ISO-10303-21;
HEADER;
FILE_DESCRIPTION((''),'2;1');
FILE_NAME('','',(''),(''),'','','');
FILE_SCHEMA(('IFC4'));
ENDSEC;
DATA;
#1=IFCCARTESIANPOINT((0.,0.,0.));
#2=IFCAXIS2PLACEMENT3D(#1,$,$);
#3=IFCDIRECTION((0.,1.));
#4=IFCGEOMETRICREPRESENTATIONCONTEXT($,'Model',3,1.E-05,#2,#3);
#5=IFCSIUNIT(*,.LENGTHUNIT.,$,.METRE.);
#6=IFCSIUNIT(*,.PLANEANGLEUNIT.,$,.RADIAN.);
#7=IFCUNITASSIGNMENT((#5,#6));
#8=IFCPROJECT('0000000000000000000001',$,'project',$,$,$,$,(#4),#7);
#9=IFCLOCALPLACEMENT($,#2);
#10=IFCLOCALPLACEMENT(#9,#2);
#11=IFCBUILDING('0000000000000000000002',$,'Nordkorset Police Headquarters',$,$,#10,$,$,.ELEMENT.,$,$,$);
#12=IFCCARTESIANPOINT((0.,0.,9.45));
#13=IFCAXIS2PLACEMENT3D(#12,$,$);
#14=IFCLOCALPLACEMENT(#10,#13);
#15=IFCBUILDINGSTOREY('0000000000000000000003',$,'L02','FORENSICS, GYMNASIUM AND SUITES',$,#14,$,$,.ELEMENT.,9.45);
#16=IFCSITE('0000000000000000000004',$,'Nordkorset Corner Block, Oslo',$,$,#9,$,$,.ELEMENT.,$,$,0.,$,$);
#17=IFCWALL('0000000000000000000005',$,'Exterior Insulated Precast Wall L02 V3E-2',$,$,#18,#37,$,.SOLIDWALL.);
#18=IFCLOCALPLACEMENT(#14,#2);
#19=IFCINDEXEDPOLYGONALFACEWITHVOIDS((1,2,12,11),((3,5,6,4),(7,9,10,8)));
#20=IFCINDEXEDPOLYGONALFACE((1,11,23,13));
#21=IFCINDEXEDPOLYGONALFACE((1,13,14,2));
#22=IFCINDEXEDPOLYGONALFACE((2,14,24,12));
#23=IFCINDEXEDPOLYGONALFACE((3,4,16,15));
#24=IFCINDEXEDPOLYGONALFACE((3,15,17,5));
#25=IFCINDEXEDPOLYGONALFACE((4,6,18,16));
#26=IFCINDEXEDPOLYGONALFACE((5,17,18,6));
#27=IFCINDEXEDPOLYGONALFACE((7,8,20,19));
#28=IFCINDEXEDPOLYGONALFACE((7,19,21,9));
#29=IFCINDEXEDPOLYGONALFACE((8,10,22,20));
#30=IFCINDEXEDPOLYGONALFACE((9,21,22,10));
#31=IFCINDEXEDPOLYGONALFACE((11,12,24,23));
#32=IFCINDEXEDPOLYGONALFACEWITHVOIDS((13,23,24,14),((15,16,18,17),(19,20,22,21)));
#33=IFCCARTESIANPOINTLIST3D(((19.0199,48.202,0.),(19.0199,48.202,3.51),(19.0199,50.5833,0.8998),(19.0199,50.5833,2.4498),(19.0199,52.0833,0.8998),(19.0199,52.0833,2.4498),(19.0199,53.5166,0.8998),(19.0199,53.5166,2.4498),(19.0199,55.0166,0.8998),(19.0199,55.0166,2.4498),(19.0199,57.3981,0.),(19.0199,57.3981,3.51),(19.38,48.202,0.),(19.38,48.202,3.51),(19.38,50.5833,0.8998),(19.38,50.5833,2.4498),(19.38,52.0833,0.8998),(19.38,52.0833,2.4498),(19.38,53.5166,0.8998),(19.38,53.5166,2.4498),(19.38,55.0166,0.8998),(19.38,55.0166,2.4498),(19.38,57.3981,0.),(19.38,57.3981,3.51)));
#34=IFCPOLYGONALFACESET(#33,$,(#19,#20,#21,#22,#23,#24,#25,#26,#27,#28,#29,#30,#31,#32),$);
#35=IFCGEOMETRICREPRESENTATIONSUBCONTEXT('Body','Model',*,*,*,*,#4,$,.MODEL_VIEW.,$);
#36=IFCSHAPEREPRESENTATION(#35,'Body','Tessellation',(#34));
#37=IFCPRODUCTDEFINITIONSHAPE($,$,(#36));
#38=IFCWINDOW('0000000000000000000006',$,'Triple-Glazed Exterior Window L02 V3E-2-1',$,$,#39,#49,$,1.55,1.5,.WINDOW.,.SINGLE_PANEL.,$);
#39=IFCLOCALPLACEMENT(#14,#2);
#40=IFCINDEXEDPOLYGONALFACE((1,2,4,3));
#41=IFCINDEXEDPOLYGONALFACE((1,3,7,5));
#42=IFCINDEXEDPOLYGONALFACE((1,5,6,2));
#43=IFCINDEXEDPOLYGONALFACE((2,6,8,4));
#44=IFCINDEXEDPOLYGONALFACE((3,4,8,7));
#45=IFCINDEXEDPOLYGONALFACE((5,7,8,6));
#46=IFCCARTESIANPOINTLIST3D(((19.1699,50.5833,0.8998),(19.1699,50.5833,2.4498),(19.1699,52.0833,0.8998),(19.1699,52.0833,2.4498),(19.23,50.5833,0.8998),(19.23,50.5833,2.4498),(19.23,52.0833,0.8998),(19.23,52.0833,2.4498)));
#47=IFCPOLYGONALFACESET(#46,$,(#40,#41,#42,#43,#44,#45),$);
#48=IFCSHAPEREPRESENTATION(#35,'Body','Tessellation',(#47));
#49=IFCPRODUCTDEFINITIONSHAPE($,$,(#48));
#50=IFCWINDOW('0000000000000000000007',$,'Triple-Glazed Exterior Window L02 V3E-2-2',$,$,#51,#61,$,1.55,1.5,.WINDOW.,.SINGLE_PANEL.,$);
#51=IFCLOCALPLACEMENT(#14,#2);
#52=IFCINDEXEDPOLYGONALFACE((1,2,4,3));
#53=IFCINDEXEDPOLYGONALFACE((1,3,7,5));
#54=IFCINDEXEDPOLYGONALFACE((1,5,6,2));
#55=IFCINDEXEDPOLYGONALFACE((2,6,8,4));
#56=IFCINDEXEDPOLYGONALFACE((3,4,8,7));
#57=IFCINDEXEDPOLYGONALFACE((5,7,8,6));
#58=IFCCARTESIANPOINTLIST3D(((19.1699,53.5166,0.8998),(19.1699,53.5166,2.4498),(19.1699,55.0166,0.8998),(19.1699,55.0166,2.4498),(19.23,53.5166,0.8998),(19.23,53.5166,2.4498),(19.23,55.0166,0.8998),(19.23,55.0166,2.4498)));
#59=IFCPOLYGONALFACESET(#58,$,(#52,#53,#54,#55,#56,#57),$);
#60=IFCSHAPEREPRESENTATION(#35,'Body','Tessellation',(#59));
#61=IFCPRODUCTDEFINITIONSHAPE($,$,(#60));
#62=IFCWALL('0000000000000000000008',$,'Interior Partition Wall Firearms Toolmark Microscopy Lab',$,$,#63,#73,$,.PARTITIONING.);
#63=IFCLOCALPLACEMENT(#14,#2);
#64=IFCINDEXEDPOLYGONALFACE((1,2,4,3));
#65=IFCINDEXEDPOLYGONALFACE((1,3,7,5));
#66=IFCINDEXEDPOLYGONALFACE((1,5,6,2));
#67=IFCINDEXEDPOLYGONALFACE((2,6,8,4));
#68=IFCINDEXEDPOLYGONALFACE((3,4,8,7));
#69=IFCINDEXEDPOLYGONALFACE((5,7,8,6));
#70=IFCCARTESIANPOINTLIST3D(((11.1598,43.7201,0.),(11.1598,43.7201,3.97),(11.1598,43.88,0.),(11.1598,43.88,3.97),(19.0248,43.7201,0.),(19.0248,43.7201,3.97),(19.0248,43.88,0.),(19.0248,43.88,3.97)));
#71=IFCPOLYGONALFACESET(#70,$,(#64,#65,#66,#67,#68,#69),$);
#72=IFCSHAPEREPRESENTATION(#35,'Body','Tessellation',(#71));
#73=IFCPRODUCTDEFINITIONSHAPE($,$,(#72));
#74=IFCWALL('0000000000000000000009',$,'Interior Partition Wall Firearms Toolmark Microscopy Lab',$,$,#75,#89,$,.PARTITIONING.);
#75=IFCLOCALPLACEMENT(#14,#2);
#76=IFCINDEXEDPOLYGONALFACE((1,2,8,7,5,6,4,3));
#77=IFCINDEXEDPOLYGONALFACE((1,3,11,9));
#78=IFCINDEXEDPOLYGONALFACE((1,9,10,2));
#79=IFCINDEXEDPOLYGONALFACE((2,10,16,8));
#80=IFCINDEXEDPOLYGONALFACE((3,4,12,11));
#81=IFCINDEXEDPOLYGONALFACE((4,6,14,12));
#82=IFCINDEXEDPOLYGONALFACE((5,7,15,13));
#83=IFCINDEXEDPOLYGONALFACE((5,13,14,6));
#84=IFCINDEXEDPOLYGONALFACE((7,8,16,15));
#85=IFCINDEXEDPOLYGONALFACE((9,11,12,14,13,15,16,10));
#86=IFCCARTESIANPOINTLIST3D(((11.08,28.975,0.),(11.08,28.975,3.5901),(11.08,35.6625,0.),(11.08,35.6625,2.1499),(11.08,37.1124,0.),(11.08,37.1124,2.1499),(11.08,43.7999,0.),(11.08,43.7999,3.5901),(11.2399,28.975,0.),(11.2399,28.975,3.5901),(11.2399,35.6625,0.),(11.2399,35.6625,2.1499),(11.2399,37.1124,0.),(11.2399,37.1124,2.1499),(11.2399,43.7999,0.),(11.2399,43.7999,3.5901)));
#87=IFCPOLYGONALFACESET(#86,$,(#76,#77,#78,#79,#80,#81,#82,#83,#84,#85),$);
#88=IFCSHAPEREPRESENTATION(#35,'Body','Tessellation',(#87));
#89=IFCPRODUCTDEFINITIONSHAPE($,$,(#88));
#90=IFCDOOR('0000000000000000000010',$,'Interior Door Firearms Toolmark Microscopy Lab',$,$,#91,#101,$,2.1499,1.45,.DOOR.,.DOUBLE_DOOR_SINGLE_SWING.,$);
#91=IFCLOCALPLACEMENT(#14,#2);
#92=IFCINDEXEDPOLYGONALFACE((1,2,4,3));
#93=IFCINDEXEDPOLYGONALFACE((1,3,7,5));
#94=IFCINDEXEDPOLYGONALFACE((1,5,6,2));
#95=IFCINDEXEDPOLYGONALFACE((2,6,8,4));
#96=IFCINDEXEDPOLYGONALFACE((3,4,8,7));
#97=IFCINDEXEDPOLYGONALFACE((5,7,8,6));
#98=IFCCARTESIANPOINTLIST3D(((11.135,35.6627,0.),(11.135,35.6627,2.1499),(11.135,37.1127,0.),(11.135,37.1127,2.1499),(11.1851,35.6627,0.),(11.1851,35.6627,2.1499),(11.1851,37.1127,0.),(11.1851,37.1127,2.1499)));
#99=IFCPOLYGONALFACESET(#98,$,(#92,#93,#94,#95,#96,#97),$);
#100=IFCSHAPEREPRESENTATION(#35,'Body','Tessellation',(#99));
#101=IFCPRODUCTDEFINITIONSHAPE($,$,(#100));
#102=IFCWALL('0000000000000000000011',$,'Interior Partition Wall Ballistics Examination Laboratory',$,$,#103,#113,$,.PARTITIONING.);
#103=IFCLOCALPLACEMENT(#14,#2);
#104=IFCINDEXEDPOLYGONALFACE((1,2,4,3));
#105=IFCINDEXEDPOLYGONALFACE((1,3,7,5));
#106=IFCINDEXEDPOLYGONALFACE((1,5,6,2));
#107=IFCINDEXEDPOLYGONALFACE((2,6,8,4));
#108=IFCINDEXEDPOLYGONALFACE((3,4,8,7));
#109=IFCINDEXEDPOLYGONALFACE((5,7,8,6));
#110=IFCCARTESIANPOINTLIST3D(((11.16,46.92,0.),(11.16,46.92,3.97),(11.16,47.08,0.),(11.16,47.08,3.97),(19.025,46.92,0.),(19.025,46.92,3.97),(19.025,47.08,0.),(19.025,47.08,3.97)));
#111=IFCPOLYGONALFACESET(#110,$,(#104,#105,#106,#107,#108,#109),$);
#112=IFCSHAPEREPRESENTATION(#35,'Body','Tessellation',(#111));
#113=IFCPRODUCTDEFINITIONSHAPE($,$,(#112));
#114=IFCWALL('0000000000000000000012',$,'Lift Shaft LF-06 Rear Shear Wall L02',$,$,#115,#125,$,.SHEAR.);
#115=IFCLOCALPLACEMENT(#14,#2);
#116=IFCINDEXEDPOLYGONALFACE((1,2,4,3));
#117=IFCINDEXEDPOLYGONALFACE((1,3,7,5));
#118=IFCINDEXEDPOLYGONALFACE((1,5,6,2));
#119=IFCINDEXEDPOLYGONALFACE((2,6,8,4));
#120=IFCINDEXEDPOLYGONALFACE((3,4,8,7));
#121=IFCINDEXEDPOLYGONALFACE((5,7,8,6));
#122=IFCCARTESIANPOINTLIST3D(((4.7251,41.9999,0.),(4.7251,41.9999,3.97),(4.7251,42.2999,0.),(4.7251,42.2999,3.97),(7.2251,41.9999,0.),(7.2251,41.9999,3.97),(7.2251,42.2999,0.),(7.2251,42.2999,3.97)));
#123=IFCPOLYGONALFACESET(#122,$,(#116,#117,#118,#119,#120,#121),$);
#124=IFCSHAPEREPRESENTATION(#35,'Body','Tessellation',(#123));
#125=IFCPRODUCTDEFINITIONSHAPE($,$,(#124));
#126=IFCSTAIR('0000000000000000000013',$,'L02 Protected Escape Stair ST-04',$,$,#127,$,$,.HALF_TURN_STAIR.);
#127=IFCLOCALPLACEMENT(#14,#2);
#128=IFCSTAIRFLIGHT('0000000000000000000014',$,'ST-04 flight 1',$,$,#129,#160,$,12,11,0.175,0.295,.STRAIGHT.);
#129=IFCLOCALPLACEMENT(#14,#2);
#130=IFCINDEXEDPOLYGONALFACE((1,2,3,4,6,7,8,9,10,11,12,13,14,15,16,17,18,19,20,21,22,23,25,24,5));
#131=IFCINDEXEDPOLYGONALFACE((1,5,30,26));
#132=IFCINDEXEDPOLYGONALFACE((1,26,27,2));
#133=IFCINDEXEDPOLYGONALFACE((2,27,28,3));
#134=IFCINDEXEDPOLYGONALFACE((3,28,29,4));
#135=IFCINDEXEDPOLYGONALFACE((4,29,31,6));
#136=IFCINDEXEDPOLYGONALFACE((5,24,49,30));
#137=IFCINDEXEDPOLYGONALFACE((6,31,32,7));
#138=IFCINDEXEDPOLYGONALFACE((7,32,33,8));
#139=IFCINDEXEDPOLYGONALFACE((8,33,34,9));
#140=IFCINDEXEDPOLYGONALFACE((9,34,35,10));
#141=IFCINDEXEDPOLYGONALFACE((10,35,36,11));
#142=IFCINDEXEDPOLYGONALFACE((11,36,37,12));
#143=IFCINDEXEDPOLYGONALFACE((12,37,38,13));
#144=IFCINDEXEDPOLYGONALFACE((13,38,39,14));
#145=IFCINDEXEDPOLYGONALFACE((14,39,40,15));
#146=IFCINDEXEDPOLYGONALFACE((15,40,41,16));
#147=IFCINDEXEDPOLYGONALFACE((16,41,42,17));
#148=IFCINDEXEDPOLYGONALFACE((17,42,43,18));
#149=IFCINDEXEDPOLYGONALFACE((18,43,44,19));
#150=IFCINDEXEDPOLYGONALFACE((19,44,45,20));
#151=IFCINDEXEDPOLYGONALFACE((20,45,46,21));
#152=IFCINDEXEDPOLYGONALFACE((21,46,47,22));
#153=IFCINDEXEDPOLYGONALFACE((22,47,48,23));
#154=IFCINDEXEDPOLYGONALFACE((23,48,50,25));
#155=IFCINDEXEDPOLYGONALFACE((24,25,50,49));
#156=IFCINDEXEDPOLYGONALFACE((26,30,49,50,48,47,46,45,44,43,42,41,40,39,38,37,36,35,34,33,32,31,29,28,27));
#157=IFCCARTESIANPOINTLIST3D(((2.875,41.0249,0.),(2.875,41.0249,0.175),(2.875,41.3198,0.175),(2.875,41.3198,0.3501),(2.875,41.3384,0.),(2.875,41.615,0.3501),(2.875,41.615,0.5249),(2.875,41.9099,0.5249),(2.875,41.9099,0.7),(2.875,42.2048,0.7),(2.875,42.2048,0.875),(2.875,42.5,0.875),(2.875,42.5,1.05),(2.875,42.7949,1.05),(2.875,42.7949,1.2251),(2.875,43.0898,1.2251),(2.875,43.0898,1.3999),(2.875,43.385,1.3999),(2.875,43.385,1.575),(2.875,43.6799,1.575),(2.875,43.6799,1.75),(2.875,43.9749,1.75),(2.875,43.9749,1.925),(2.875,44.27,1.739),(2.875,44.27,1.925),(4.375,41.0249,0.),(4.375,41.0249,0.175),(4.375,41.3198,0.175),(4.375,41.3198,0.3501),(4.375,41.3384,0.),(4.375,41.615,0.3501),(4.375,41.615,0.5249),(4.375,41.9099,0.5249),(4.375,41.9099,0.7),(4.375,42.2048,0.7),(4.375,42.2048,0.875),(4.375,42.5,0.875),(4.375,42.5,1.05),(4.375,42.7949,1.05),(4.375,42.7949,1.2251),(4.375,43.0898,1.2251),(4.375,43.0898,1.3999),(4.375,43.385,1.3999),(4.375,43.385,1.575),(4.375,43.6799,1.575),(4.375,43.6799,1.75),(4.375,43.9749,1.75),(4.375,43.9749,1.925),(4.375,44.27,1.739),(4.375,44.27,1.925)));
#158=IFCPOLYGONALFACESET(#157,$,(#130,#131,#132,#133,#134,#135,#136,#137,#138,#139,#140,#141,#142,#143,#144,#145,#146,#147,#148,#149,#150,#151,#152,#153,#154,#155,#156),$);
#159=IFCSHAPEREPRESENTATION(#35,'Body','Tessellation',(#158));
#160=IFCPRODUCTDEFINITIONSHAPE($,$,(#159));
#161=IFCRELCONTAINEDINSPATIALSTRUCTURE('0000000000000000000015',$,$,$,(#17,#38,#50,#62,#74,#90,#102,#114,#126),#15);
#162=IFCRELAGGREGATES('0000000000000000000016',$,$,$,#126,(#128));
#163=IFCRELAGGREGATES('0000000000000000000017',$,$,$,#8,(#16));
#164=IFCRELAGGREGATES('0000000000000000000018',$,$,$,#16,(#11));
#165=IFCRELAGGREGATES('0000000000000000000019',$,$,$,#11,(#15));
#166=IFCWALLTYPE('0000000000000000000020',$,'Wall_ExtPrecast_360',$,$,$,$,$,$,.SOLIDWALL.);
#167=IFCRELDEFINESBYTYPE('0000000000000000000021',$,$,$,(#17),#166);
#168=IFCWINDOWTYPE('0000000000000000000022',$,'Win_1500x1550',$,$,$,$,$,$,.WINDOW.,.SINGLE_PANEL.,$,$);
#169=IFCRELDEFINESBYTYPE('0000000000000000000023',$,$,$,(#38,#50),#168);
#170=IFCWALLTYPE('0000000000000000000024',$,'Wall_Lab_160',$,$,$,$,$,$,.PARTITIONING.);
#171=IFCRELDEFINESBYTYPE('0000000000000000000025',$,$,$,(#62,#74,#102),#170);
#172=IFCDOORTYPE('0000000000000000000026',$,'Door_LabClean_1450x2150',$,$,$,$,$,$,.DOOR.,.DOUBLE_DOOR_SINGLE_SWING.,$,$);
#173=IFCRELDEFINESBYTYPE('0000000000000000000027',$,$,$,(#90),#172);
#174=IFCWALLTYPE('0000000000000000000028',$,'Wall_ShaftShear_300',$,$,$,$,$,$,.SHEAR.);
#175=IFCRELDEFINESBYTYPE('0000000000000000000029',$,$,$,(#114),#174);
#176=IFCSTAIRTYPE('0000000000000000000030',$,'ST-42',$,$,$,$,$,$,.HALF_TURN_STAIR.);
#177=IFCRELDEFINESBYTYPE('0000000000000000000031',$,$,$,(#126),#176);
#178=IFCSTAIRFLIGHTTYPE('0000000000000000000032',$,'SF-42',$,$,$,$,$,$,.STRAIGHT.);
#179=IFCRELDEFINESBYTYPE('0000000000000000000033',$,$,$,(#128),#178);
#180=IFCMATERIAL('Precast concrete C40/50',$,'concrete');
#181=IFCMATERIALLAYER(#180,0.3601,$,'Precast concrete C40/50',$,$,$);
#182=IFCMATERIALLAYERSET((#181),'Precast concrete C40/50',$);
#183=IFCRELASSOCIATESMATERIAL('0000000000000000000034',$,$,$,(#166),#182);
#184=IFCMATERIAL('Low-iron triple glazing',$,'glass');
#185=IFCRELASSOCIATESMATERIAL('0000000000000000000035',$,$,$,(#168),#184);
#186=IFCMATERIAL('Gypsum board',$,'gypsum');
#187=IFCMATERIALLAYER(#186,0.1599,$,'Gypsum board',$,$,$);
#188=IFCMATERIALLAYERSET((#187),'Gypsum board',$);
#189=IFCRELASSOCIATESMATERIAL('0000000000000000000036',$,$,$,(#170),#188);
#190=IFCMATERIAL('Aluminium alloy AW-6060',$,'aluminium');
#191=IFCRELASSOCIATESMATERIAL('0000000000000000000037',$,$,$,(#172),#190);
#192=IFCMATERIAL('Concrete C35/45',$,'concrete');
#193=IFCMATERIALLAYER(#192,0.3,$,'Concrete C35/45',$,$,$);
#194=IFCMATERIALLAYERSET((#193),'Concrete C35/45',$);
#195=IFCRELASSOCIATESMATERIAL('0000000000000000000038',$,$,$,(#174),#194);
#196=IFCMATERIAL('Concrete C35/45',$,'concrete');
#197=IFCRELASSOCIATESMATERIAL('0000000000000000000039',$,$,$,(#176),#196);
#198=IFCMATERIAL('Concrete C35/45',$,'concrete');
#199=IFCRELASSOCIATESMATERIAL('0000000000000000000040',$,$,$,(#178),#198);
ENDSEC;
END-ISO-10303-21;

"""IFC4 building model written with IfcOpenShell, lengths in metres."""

from ifc_helpers import new_model, si_unit, direction, frame, frame_2d, origin, place, context, subcontext, project, spatial, polyline, rectangle, outline, extrude, material, layer, layer_set, type_object, element, fill, aggregate, save


model = new_model("IFC4")

# Units and contexts
model_context = context("Model", 3, precision=1e-05, world=origin(), true_north=direction((0.0, 1.0)))
body_context = subcontext(model_context, "Body", "Model", "MODEL_VIEW")
ifc_project = project(units=[si_unit("LENGTHUNIT", "METRE"), si_unit("PLANEANGLEUNIT", "RADIAN")], contexts=[model_context])

# Site, building, storey
site_placement = place(None, origin())
site = spatial("IfcSite", under=ifc_project, at=site_placement, Name="Nordkorset Corner Block, Oslo", CompositionType="ELEMENT", RefElevation=0.0)
building_placement = place(site_placement, origin())
building = spatial("IfcBuilding", under=site, at=building_placement, Name="Nordkorset Police Headquarters", CompositionType="ELEMENT")
storey_placement = place(building_placement, frame((0.0, 0.0, 9.45)))
storey = spatial("IfcBuildingStorey", under=building, at=storey_placement, Name="L02", Description="FORENSICS, GYMNASIUM AND SUITES", CompositionType="ELEMENT", Elevation=9.45)

# Wall, openings, windows
ifc_material_1 = material(Name="Precast concrete C40/50", Category="concrete")
ifc_layer_1 = layer(ifc_material_1, 0.3601, Name="Precast concrete C40/50")
ifc_layer_set_1 = layer_set([ifc_layer_1], Name="Precast concrete C40/50")
wall_type_1 = type_object("IfcWallType", Name="Wall_ExtPrecast_360", PredefinedType="SOLIDWALL", material=ifc_layer_set_1)
wall_1_placement = place(storey_placement, frame((19.2, 48.2019, 0.0), z_axis=(0.0, 0.0, 1.0), x_axis=(0.0, 1.0, 0.0)))
wall_1 = element("IfcWall", 1, at=wall_1_placement, inside=storey, type_object=wall_type_1, Name="Exterior Insulated Precast Wall L02 V3E-2", PredefinedType="SOLIDWALL", context=body_context, shape_type="SweptSolid", body=[
    extrude(rectangle(XDim=9.196, YDim=0.3601, at=frame_2d((4.5981, 0.0))), origin(), (0.0, 0.0, 1.0), 3.51),
])
opening_1_placement = place(wall_1_placement, frame((2.3813, 0.0, 0.8999)))
opening_1 = element("IfcOpeningElement", 2, at=opening_1_placement, cuts=wall_1, PredefinedType="OPENING", context=body_context, shape_type="SweptSolid", body=[
    extrude(rectangle(XDim=1.5, YDim=1.55, at=frame_2d((0.75, 0.7749))), frame((0.0, 0.1899, 0.0), z_axis=(0.0, -1.0, 0.0), x_axis=(1.0, 0.0, 0.0)), (0.0, 0.0, 1.0), 0.3801),
])
opening_2_placement = place(wall_1_placement, frame((5.3147, 0.0, 0.8999)))
opening_2 = element("IfcOpeningElement", 3, at=opening_2_placement, cuts=wall_1, PredefinedType="OPENING", context=body_context, shape_type="SweptSolid", body=[
    extrude(rectangle(XDim=1.5, YDim=1.55, at=frame_2d((0.75, 0.7749))), frame((0.0, 0.1899, 0.0), z_axis=(0.0, -1.0, 0.0), x_axis=(1.0, 0.0, 0.0)), (0.0, 0.0, 1.0), 0.3801),
])
ifc_material_2 = material(Name="Low-iron triple glazing", Category="glass")
window_type = type_object("IfcWindowType", Name="Win_1500x1550", PartitioningType="SINGLE_PANEL", PredefinedType="WINDOW", material=ifc_material_2)
window_1_placement = place(opening_1_placement, origin())
window_1 = element("IfcWindow", 4, at=window_1_placement, inside=storey, type_object=window_type, Name="Triple-Glazed Exterior Window L02 V3E-2-1", OverallHeight=1.55, OverallWidth=1.5, PartitioningType="SINGLE_PANEL", PredefinedType="WINDOW", context=body_context, shape_type="SweptSolid", body=[
    extrude(rectangle(XDim=1.5, YDim=1.55, at=frame_2d((0.75, 0.7749))), frame((0.0, 0.03, 0.0), z_axis=(0.0, -1.0, 0.0), x_axis=(1.0, 0.0, 0.0)), (0.0, 0.0, 1.0), 0.0601),
])
fill(opening_1, window_1)
window_2_placement = place(opening_2_placement, origin())
window_2 = element("IfcWindow", 5, at=window_2_placement, inside=storey, type_object=window_type, Name="Triple-Glazed Exterior Window L02 V3E-2-2", OverallHeight=1.55, OverallWidth=1.5, PartitioningType="SINGLE_PANEL", PredefinedType="WINDOW", context=body_context, shape_type="SweptSolid", body=[
    extrude(rectangle(XDim=1.5, YDim=1.55, at=frame_2d((0.75, 0.7749))), frame((0.0, 0.03, 0.0), z_axis=(0.0, -1.0, 0.0), x_axis=(1.0, 0.0, 0.0)), (0.0, 0.0, 1.0), 0.0601),
])
fill(opening_2, window_2)

# Wall
ifc_material_3 = material(Name="Gypsum board", Category="gypsum")
ifc_layer_2 = layer(ifc_material_3, 0.1599, Name="Gypsum board")
ifc_layer_set_2 = layer_set([ifc_layer_2], Name="Gypsum board")
wall_type_2 = type_object("IfcWallType", Name="Wall_Lab_160", PredefinedType="PARTITIONING", material=ifc_layer_set_2)
wall_2_placement = place(storey_placement, frame((19.0249, 43.8, 0.0), z_axis=(0.0, 0.0, 1.0), x_axis=(-1.0, 0.0, 0.0)))
element("IfcWall", 6, at=wall_2_placement, inside=storey, type_object=wall_type_2, Name="Interior Partition Wall Firearms Toolmark Microscopy Lab", PredefinedType="PARTITIONING", context=body_context, shape_type="SweptSolid", body=[
    extrude(rectangle(XDim=7.865, YDim=0.1599, at=frame_2d((3.9326, 0.0))), origin(), (0.0, 0.0, 1.0), 3.97),
])

# Wall, opening, door
wall_3_placement = place(storey_placement, frame((11.1599, 43.8, 0.0), z_axis=(0.0, 0.0, 1.0), x_axis=(0.0, -1.0, 0.0)))
wall_3 = element("IfcWall", 7, at=wall_3_placement, inside=storey, type_object=wall_type_2, Name="Interior Partition Wall Firearms Toolmark Microscopy Lab", PredefinedType="PARTITIONING", context=body_context, shape_type="SweptSolid", body=[
    extrude(rectangle(XDim=14.825, YDim=0.1599, at=frame_2d((7.4126, 0.0))), origin(), (0.0, 0.0, 1.0), 3.5901),
])
opening_3_placement = place(wall_3_placement, frame((6.6875, 0.0, 0.0)))
opening_3 = element("IfcOpeningElement", 8, at=opening_3_placement, cuts=wall_3, PredefinedType="OPENING", context=body_context, shape_type="SweptSolid", body=[
    extrude(rectangle(XDim=1.45, YDim=2.1499, at=frame_2d((0.7251, 1.075))), frame((0.0, 0.0898, 0.0), z_axis=(0.0, -1.0, 0.0), x_axis=(1.0, 0.0, 0.0)), (0.0, 0.0, 1.0), 0.1799),
])
ifc_material_4 = material(Name="Aluminium alloy AW-6060", Category="aluminium")
door_type = type_object("IfcDoorType", Name="Door_LabClean_1450x2150", OperationType="DOUBLE_DOOR_SINGLE_SWING", PredefinedType="DOOR", material=ifc_material_4)
door_placement = place(opening_3_placement, frame((1.45, 0.0, 0.0), z_axis=(0.0, 0.0, 1.0), x_axis=(-1.0, 0.0, 0.0)))
door = element("IfcDoor", 9, at=door_placement, inside=storey, type_object=door_type, Name="Interior Door Firearms Toolmark Microscopy Lab", OperationType="DOUBLE_DOOR_SINGLE_SWING", OverallHeight=2.1499, OverallWidth=1.45, PredefinedType="DOOR", context=body_context, shape_type="SweptSolid", body=[
    extrude(rectangle(XDim=1.45, YDim=2.1499, at=frame_2d((0.7251, 1.075))), frame((0.0, 0.0249, 0.0), z_axis=(0.0, -1.0, 0.0), x_axis=(1.0, 0.0, 0.0)), (0.0, 0.0, 1.0), 0.05),
])
fill(opening_3, door)

# Walls
wall_4_placement = place(storey_placement, frame((11.1599, 47.0, 0.0), z_axis=(0.0, 0.0, 1.0), x_axis=(1.0, 0.0, 0.0)))
element("IfcWall", 10, at=wall_4_placement, inside=storey, type_object=wall_type_2, Name="Interior Partition Wall Ballistics Examination Laboratory", PredefinedType="PARTITIONING", context=body_context, shape_type="SweptSolid", body=[
    extrude(rectangle(XDim=7.865, YDim=0.1599, at=frame_2d((3.9326, 0.0))), origin(), (0.0, 0.0, 1.0), 3.97),
])
ifc_material_5 = material(Name="Concrete C35/45", Category="concrete")
ifc_layer_3 = layer(ifc_material_5, 0.3, Name="Concrete C35/45")
ifc_layer_set_3 = layer_set([ifc_layer_3], Name="Concrete C35/45")
wall_type_3 = type_object("IfcWallType", Name="Wall_ShaftShear_300", PredefinedType="SHEAR", material=ifc_layer_set_3)
wall_5_placement = place(storey_placement, frame((4.7251, 42.1499, 0.0), z_axis=(0.0, 0.0, 1.0), x_axis=(1.0, 0.0, 0.0)))
element("IfcWall", 11, at=wall_5_placement, inside=storey, type_object=wall_type_3, Name="Lift Shaft LF-06 Rear Shear Wall L02", PredefinedType="SHEAR", context=body_context, shape_type="SweptSolid", body=[
    extrude(rectangle(XDim=2.5, YDim=0.3, at=frame_2d((1.25, 0.0))), origin(), (0.0, 0.0, 1.0), 3.97),
])

# Stair, stair flight
ifc_material_6 = material(Name="Concrete C35/45", Category="concrete")
stair_type = type_object("IfcStairType", Name="ST-42", PredefinedType="HALF_TURN_STAIR", material=ifc_material_6)
stair_placement = place(storey_placement, origin())
stair = element("IfcStair", 12, at=stair_placement, inside=storey, type_object=stair_type, Name="L02 Protected Escape Stair ST-04", PredefinedType="HALF_TURN_STAIR")
ifc_material_7 = material(Name="Concrete C35/45", Category="concrete")
stair_flight_type = type_object("IfcStairFlightType", Name="SF-42", PredefinedType="STRAIGHT", material=ifc_material_7)
stair_flight_placement = place(storey_placement, frame((3.625, 41.0249, 0.0), z_axis=(0.0, 0.0, 1.0), x_axis=(0.0, 1.0, 0.0)))
stair_flight = element("IfcStairFlight", 13, at=stair_flight_placement, type_object=stair_flight_type, Name="ST-04 flight 1", NumberOfRisers=12, NumberOfTreads=11, PredefinedType="STRAIGHT", RiserHeight=0.175, TreadLength=0.295, context=body_context, shape_type="SweptSolid", body=[
    extrude(outline(polyline([(0.0, 0.0), (0.0, 0.175), (0.2949, 0.175), (0.2949, 0.3501), (0.5901, 0.3501), (0.5901, 0.5249), (0.885, 0.5249), (0.885, 0.7), (1.1799, 0.7), (1.1799, 0.875), (1.4751, 0.875), (1.4751, 1.05), (1.77, 1.05), (1.77, 1.2251), (2.0649, 1.2251), (2.0649, 1.3999), (2.3601, 1.3999), (2.3601, 1.575), (2.655, 1.575), (2.655, 1.75), (2.95, 1.75), (2.95, 1.925), (3.2451, 1.925), (3.2451, 2.1001), (3.2451, 1.739), (0.3135, 0.0), (0.0, 0.0)])), frame((0.0, 0.75, 0.0), z_axis=(0.0, -1.0, 0.0), x_axis=(1.0, 0.0, 0.0)), (0.0, 0.0, 1.0), 1.5),
])
aggregate(stair, [stair_flight])

save(model, "model.ifc")
